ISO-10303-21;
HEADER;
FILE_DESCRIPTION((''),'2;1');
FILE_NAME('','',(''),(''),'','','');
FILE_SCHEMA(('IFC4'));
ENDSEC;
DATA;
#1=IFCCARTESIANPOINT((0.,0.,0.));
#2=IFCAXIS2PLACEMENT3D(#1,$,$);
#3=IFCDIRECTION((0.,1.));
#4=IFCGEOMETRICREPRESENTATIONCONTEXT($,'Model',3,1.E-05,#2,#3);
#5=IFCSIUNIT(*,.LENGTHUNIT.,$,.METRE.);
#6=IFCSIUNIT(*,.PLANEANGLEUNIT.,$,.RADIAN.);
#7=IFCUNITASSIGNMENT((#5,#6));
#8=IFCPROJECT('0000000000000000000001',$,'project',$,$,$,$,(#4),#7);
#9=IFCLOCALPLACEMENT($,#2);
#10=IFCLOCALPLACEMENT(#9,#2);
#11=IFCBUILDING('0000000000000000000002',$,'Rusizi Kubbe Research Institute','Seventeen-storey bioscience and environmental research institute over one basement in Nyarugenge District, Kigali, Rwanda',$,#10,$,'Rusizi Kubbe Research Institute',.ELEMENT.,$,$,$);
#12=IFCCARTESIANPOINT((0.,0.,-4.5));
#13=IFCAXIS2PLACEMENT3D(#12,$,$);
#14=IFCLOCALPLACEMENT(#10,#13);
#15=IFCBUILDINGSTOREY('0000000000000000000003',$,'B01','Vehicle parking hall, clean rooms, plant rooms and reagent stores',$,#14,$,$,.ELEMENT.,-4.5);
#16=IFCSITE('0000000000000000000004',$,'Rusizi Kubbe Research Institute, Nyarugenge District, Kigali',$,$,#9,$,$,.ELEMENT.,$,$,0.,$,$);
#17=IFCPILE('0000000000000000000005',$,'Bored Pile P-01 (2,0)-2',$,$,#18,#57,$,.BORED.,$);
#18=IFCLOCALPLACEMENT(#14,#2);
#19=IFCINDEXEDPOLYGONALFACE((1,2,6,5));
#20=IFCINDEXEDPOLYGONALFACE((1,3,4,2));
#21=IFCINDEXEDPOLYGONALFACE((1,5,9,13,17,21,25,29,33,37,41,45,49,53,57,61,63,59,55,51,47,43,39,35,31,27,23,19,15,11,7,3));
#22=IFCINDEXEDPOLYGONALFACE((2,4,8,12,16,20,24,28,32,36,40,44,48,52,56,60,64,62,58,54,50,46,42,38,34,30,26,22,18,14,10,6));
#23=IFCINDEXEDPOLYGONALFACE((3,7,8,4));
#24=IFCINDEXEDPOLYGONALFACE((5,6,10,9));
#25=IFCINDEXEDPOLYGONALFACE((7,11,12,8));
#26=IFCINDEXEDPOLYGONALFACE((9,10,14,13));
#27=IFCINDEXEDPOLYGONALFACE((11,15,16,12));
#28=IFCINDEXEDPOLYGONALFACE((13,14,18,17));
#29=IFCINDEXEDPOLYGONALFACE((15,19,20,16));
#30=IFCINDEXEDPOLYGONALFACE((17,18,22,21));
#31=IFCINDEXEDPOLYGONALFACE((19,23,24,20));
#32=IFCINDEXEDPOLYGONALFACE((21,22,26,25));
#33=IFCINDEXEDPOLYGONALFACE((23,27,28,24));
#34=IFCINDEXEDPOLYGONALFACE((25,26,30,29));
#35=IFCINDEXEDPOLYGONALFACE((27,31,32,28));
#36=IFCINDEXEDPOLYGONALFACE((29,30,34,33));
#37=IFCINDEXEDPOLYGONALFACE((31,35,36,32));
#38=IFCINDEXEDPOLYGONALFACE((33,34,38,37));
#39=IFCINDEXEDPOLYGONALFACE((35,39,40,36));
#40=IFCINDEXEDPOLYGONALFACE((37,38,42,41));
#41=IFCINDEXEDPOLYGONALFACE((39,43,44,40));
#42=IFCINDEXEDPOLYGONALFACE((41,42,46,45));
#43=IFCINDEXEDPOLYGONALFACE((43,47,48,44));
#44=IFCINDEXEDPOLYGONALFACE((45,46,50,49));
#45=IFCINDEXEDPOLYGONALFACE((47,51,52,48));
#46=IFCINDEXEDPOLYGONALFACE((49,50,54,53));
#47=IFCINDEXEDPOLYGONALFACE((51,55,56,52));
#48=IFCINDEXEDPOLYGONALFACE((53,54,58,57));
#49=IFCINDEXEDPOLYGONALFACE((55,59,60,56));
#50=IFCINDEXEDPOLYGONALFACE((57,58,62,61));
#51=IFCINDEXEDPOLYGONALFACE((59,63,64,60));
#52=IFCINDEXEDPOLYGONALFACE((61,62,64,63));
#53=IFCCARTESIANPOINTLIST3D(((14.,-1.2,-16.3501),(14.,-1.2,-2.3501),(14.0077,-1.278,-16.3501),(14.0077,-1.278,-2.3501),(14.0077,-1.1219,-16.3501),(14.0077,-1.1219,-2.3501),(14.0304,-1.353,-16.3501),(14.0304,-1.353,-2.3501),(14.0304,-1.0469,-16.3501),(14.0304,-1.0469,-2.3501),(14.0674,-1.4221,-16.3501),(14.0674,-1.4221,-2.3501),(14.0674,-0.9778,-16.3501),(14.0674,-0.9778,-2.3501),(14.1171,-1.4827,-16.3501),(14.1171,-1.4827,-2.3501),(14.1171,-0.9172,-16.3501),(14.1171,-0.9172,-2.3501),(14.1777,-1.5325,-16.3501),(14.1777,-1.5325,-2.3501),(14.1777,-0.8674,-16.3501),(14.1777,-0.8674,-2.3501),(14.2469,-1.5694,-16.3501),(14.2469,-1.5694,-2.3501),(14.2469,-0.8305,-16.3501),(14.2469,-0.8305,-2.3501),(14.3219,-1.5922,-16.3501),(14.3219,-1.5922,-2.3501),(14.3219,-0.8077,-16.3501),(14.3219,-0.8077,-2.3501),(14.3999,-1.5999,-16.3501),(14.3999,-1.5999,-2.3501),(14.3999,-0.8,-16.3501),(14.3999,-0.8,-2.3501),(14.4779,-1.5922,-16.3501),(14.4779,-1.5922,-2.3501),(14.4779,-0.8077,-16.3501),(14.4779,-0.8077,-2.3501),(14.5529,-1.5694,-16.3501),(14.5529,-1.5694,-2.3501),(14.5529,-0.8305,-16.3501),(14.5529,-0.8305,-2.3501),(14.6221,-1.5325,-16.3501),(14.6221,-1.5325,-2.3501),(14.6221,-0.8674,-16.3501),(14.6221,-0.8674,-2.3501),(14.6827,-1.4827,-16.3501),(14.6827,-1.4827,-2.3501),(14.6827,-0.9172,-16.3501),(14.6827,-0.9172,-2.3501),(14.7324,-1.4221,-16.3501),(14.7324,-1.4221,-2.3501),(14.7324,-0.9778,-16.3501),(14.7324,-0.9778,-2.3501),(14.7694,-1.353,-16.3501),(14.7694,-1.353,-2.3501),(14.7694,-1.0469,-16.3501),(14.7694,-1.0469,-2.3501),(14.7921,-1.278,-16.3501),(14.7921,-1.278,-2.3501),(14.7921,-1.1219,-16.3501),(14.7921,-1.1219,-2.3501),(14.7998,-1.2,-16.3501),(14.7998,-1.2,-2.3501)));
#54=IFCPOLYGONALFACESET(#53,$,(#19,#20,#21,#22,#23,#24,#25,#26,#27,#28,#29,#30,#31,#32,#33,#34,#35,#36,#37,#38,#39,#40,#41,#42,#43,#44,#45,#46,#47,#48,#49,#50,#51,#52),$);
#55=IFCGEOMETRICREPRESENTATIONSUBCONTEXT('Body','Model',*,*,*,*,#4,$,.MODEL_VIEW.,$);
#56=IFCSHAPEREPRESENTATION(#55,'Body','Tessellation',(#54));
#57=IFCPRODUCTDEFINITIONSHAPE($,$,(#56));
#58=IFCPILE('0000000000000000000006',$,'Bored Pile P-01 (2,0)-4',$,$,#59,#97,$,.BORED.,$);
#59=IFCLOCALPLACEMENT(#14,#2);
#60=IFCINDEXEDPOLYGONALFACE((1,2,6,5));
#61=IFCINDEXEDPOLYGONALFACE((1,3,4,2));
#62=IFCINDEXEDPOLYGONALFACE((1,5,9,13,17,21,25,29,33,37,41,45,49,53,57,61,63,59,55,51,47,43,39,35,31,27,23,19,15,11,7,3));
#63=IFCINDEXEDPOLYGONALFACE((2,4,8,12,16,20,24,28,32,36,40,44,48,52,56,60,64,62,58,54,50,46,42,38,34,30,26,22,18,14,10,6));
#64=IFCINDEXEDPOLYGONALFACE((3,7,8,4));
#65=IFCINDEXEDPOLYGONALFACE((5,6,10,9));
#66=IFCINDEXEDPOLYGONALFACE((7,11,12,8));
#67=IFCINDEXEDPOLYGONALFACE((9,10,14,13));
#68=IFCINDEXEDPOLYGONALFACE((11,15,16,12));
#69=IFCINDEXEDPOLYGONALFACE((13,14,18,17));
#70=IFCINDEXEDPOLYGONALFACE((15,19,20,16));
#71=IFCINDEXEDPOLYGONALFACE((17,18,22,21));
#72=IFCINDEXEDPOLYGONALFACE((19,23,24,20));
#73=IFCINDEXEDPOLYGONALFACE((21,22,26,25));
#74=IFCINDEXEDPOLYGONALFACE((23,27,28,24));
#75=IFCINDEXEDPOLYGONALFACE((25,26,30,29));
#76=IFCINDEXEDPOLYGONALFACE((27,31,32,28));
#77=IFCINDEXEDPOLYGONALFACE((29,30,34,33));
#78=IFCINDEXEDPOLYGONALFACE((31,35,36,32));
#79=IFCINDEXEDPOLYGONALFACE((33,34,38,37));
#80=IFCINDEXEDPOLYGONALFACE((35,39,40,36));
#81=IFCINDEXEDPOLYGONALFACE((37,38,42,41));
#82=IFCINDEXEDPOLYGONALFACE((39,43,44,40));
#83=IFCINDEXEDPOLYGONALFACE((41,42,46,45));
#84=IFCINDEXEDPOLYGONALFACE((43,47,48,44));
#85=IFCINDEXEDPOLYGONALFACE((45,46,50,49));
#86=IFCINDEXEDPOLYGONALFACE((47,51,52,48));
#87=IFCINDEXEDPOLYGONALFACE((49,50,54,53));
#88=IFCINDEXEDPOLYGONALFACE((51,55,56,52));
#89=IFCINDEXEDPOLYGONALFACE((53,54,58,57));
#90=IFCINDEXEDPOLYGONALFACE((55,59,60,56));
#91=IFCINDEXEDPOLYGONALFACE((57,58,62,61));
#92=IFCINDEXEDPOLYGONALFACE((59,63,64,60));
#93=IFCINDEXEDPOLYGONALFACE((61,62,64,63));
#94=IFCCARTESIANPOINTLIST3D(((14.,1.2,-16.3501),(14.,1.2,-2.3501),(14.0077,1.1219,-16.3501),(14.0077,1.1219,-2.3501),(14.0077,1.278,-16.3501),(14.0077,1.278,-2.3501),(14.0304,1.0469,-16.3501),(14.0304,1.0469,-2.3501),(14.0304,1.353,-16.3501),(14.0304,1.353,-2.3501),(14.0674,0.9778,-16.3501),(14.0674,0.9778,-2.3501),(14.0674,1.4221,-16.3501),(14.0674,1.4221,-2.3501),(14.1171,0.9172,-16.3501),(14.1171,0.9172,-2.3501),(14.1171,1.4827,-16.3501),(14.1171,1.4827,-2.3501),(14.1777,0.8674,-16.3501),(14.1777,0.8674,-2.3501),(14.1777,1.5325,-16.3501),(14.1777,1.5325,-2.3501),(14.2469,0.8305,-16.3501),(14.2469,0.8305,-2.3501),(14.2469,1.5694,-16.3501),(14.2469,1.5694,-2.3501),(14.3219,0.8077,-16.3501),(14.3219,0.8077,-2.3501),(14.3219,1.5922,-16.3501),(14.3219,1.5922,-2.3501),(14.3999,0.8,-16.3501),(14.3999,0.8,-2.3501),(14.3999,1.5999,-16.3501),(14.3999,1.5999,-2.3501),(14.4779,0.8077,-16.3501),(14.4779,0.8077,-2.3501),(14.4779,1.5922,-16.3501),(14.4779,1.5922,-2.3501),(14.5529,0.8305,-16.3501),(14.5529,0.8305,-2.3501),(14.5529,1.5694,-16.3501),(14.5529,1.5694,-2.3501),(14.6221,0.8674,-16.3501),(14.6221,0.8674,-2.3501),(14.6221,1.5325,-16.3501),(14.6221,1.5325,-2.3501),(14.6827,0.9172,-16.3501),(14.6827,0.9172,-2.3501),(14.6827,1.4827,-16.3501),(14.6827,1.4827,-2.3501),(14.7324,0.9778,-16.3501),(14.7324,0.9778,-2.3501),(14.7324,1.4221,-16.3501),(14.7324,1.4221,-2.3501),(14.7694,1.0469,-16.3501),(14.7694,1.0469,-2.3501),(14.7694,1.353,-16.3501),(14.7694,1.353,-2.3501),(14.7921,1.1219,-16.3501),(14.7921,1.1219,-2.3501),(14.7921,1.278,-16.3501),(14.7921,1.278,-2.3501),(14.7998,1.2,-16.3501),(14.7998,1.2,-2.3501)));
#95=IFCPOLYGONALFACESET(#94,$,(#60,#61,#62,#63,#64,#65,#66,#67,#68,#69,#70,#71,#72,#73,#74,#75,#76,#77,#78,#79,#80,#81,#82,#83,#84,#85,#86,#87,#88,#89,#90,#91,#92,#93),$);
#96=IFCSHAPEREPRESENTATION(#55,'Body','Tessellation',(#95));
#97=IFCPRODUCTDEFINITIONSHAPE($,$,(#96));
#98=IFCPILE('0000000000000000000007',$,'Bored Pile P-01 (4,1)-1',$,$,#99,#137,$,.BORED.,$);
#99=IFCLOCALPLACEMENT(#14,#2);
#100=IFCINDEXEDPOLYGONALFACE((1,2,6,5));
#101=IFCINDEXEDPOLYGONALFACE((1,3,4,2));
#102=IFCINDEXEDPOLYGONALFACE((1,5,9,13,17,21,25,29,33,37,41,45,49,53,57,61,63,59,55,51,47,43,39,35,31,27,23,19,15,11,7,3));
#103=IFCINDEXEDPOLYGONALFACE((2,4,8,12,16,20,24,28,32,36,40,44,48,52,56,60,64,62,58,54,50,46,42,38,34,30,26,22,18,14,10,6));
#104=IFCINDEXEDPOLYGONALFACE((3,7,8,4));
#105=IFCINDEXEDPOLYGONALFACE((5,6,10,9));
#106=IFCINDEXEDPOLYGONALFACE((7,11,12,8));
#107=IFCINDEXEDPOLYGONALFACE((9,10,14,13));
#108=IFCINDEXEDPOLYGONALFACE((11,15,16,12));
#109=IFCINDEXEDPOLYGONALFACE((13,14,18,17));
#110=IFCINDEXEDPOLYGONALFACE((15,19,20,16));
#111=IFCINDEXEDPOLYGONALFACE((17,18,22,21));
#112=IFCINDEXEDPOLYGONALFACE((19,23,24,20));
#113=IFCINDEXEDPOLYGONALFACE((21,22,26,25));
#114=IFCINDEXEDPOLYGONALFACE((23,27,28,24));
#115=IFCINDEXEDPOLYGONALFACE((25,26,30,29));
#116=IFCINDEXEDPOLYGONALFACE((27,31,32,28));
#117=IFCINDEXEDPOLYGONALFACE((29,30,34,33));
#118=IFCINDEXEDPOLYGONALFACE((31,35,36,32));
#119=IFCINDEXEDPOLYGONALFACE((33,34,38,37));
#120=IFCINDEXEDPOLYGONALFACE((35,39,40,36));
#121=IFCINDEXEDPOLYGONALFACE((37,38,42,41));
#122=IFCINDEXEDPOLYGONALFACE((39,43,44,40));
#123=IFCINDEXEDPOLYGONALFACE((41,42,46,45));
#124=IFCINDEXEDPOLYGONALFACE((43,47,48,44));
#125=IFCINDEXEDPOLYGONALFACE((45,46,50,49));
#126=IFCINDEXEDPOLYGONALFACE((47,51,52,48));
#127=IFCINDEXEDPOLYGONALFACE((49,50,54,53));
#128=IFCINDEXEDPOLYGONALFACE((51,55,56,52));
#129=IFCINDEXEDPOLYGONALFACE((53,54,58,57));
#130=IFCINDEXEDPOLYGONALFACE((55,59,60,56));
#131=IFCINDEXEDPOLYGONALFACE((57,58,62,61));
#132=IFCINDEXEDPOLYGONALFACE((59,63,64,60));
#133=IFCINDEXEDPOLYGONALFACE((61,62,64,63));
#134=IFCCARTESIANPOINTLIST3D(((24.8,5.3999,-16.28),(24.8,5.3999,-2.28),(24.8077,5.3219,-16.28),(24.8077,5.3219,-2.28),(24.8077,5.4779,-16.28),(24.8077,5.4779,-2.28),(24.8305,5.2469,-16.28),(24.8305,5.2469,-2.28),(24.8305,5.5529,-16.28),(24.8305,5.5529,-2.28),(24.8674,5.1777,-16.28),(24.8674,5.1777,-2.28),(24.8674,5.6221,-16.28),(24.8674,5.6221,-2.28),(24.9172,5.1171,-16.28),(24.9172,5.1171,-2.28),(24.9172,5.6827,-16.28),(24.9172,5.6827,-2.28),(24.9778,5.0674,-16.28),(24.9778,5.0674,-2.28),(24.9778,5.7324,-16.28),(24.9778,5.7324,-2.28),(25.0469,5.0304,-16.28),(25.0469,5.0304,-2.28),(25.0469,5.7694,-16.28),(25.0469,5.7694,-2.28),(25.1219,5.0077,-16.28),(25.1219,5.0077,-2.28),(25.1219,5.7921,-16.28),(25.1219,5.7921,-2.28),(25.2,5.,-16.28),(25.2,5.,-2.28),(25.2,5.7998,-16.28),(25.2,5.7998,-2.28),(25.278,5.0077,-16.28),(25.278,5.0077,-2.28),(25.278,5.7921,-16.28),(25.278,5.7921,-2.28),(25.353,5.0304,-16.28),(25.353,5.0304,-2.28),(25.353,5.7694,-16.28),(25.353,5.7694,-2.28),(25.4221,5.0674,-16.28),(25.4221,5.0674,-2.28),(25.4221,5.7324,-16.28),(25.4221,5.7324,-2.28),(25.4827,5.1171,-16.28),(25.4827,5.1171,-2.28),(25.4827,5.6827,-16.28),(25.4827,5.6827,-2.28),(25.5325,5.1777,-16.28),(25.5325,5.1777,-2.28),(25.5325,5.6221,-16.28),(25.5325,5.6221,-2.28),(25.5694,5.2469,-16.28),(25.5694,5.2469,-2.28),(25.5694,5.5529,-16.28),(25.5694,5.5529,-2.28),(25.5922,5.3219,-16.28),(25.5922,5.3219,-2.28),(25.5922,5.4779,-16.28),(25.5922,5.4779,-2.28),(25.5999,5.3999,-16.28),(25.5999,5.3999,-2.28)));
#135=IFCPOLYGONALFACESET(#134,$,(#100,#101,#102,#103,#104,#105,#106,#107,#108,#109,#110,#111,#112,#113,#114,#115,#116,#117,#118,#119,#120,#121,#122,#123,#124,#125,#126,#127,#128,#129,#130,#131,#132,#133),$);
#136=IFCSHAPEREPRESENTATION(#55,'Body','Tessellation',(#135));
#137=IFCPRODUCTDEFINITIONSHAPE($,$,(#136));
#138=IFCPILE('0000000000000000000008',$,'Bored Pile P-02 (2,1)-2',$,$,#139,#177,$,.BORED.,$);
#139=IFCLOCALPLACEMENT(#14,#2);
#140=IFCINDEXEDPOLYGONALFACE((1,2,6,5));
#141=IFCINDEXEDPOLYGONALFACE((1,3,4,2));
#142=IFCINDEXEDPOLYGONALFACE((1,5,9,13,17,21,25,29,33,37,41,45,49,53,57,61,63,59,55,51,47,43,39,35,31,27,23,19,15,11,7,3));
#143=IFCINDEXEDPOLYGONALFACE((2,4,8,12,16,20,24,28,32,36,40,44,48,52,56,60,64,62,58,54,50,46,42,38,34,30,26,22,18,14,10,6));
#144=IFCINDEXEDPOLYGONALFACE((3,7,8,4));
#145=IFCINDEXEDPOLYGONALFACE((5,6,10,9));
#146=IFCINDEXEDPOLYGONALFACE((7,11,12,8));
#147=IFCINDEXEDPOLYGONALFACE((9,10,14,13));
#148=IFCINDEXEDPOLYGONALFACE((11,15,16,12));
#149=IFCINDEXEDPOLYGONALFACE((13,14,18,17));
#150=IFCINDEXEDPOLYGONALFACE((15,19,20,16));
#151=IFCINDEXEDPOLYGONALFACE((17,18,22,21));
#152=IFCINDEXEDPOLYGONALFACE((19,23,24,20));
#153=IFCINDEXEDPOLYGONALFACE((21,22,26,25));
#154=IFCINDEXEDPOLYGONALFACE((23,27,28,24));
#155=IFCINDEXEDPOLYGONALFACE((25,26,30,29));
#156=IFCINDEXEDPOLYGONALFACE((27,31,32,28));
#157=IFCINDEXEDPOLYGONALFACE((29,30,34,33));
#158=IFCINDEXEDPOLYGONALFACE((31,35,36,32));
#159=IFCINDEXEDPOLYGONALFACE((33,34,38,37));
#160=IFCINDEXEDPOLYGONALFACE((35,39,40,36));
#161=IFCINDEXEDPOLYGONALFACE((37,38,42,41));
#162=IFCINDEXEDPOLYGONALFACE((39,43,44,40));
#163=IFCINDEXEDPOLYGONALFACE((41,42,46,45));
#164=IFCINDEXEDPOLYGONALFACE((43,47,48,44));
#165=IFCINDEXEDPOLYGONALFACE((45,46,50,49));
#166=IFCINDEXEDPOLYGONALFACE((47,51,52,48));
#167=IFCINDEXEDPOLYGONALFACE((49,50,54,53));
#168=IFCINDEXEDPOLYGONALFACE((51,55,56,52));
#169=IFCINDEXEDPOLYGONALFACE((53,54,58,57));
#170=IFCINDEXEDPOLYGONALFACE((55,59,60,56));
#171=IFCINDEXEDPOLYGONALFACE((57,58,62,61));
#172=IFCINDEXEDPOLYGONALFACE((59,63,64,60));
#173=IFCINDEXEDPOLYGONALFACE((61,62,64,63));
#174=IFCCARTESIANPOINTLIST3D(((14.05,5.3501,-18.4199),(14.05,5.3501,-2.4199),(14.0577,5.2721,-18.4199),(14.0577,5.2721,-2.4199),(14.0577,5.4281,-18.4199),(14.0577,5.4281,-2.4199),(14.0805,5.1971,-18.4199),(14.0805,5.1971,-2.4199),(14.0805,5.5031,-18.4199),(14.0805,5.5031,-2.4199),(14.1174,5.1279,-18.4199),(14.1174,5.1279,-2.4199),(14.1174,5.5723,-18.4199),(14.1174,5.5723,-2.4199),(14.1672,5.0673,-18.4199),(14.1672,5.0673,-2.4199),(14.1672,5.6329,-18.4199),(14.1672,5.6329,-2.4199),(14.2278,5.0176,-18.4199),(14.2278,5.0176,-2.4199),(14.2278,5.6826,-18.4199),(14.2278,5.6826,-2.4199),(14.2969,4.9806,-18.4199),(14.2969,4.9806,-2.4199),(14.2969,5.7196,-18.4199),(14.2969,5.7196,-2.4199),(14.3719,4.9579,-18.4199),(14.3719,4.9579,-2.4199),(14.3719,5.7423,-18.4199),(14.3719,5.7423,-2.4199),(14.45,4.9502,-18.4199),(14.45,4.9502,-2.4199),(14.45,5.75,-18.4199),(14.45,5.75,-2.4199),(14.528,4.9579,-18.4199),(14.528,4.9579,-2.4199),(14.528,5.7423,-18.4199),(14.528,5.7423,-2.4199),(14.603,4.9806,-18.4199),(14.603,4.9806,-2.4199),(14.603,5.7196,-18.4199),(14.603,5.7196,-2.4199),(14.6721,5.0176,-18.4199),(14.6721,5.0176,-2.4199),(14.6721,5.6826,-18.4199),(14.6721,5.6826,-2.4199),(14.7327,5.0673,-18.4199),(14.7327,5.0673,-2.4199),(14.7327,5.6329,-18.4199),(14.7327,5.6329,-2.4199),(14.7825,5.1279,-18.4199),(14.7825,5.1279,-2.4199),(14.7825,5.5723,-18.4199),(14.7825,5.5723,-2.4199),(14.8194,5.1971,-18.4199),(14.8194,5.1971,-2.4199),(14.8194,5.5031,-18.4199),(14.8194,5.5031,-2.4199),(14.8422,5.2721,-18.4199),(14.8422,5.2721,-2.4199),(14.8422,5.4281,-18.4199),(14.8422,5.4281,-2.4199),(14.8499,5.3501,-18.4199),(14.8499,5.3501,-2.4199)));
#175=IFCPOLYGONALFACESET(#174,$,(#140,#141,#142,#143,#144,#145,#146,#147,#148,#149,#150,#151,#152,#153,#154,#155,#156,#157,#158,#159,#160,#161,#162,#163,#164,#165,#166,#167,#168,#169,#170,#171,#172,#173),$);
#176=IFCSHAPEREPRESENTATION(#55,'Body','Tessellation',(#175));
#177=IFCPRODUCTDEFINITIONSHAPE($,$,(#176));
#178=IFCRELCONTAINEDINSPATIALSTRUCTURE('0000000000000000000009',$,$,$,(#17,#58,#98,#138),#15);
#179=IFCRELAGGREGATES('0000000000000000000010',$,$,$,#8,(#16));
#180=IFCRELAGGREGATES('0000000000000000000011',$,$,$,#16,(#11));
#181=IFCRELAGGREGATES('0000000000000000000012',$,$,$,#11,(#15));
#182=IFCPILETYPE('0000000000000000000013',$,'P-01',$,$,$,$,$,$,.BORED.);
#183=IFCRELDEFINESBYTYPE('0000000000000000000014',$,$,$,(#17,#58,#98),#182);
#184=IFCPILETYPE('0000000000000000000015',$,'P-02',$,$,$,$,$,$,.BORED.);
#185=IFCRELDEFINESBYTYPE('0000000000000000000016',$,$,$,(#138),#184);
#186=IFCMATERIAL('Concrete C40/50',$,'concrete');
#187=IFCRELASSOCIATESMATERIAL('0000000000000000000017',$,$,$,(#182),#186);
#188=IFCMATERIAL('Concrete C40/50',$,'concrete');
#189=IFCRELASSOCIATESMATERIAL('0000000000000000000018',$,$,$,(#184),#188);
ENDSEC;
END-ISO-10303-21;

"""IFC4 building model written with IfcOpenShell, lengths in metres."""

from ifc_helpers import new_model, si_unit, direction, frame, origin, origin_2d, place, context, subcontext, project, spatial, circle, extrude, material, material_profile, profile_set, type_object, element, save


model = new_model("IFC4")

# Units and contexts
model_context = context("Model", 3, precision=1e-05, world=origin(), true_north=direction((0.0, 1.0)))
body_context = subcontext(model_context, "Body", "Model", "MODEL_VIEW")
ifc_project = project(units=[si_unit("LENGTHUNIT", "METRE"), si_unit("PLANEANGLEUNIT", "RADIAN")], contexts=[model_context])

# Site, building, storey
site_placement = place(None, origin())
site = spatial("IfcSite", under=ifc_project, at=site_placement, Name="Rusizi Kubbe Research Institute, Nyarugenge District, Kigali", CompositionType="ELEMENT", RefElevation=0.0)
building_placement = place(site_placement, origin())
building = spatial("IfcBuilding", under=site, at=building_placement, Name="Rusizi Kubbe Research Institute", Description="Seventeen-storey bioscience and environmental research institute over one basement in Nyarugenge District, Kigali, Rwanda", LongName="Rusizi Kubbe Research Institute", CompositionType="ELEMENT")
storey_placement = place(building_placement, frame((0.0, 0.0, -4.5)))
storey = spatial("IfcBuildingStorey", under=building, at=storey_placement, Name="B01", Description="Vehicle parking hall, clean rooms, plant rooms and reagent stores", CompositionType="ELEMENT", Elevation=-4.5)

# Piles
ifc_material_1 = material(Name="Concrete C40/50", Category="concrete")
ifc_material_profile_1 = material_profile(ifc_material_1, circle(Radius=0.3999, at=origin_2d()), Name="PILE-D800")
ifc_profile_set_1 = profile_set([ifc_material_profile_1], Name="Concrete C40/50")
pile_type_1 = type_object("IfcPileType", Name="P-01", PredefinedType="BORED", material=ifc_profile_set_1)
for number, where, z_axis, x_axis, name in (
    (1, (14.3999, -1.2, -2.3501), (0.0, 0.0, -1.0), (1.0, 0.0, 0.0), "Bored Pile P-01 (2,0)-2"),
    (2, (14.3999, 1.2, -2.3501), (0.0, 0.0, -1.0), (1.0, 0.0, 0.0), "Bored Pile P-01 (2,0)-4"),
    (3, (25.2, 5.3999, -2.28), (0.0, 0.0, -1.0), (1.0, 0.0, 0.0), "Bored Pile P-01 (4,1)-1"),
):
    element("IfcPile", number, at=place(storey_placement, frame(where, z_axis=z_axis, x_axis=x_axis)), inside=storey, type_object=pile_type_1, Name=name, PredefinedType="BORED", context=body_context, shape_type="SweptSolid", body=[
        extrude(circle(Radius=0.3999, at=origin_2d()), origin(), (0.0, 0.0, 1.0), 14.0),
    ])
ifc_material_2 = material(Name="Concrete C40/50", Category="concrete")
ifc_material_profile_2 = material_profile(ifc_material_2, circle(Radius=0.3999, at=origin_2d()), Name="PILE-D800")
ifc_profile_set_2 = profile_set([ifc_material_profile_2], Name="Concrete C40/50")
pile_type_2 = type_object("IfcPileType", Name="P-02", PredefinedType="BORED", material=ifc_profile_set_2)
for number, where, z_axis, x_axis, name in (
    (4, (14.45, 5.3501, -2.4199), (0.0, 0.0, -1.0), (1.0, 0.0, 0.0), "Bored Pile P-02 (2,1)-2"),
):
    element("IfcPile", number, at=place(storey_placement, frame(where, z_axis=z_axis, x_axis=x_axis)), inside=storey, type_object=pile_type_2, Name=name, PredefinedType="BORED", context=body_context, shape_type="SweptSolid", body=[
        extrude(circle(Radius=0.3999, at=origin_2d()), origin(), (0.0, 0.0, 1.0), 16.0),
    ])

save(model, "model.ifc")
